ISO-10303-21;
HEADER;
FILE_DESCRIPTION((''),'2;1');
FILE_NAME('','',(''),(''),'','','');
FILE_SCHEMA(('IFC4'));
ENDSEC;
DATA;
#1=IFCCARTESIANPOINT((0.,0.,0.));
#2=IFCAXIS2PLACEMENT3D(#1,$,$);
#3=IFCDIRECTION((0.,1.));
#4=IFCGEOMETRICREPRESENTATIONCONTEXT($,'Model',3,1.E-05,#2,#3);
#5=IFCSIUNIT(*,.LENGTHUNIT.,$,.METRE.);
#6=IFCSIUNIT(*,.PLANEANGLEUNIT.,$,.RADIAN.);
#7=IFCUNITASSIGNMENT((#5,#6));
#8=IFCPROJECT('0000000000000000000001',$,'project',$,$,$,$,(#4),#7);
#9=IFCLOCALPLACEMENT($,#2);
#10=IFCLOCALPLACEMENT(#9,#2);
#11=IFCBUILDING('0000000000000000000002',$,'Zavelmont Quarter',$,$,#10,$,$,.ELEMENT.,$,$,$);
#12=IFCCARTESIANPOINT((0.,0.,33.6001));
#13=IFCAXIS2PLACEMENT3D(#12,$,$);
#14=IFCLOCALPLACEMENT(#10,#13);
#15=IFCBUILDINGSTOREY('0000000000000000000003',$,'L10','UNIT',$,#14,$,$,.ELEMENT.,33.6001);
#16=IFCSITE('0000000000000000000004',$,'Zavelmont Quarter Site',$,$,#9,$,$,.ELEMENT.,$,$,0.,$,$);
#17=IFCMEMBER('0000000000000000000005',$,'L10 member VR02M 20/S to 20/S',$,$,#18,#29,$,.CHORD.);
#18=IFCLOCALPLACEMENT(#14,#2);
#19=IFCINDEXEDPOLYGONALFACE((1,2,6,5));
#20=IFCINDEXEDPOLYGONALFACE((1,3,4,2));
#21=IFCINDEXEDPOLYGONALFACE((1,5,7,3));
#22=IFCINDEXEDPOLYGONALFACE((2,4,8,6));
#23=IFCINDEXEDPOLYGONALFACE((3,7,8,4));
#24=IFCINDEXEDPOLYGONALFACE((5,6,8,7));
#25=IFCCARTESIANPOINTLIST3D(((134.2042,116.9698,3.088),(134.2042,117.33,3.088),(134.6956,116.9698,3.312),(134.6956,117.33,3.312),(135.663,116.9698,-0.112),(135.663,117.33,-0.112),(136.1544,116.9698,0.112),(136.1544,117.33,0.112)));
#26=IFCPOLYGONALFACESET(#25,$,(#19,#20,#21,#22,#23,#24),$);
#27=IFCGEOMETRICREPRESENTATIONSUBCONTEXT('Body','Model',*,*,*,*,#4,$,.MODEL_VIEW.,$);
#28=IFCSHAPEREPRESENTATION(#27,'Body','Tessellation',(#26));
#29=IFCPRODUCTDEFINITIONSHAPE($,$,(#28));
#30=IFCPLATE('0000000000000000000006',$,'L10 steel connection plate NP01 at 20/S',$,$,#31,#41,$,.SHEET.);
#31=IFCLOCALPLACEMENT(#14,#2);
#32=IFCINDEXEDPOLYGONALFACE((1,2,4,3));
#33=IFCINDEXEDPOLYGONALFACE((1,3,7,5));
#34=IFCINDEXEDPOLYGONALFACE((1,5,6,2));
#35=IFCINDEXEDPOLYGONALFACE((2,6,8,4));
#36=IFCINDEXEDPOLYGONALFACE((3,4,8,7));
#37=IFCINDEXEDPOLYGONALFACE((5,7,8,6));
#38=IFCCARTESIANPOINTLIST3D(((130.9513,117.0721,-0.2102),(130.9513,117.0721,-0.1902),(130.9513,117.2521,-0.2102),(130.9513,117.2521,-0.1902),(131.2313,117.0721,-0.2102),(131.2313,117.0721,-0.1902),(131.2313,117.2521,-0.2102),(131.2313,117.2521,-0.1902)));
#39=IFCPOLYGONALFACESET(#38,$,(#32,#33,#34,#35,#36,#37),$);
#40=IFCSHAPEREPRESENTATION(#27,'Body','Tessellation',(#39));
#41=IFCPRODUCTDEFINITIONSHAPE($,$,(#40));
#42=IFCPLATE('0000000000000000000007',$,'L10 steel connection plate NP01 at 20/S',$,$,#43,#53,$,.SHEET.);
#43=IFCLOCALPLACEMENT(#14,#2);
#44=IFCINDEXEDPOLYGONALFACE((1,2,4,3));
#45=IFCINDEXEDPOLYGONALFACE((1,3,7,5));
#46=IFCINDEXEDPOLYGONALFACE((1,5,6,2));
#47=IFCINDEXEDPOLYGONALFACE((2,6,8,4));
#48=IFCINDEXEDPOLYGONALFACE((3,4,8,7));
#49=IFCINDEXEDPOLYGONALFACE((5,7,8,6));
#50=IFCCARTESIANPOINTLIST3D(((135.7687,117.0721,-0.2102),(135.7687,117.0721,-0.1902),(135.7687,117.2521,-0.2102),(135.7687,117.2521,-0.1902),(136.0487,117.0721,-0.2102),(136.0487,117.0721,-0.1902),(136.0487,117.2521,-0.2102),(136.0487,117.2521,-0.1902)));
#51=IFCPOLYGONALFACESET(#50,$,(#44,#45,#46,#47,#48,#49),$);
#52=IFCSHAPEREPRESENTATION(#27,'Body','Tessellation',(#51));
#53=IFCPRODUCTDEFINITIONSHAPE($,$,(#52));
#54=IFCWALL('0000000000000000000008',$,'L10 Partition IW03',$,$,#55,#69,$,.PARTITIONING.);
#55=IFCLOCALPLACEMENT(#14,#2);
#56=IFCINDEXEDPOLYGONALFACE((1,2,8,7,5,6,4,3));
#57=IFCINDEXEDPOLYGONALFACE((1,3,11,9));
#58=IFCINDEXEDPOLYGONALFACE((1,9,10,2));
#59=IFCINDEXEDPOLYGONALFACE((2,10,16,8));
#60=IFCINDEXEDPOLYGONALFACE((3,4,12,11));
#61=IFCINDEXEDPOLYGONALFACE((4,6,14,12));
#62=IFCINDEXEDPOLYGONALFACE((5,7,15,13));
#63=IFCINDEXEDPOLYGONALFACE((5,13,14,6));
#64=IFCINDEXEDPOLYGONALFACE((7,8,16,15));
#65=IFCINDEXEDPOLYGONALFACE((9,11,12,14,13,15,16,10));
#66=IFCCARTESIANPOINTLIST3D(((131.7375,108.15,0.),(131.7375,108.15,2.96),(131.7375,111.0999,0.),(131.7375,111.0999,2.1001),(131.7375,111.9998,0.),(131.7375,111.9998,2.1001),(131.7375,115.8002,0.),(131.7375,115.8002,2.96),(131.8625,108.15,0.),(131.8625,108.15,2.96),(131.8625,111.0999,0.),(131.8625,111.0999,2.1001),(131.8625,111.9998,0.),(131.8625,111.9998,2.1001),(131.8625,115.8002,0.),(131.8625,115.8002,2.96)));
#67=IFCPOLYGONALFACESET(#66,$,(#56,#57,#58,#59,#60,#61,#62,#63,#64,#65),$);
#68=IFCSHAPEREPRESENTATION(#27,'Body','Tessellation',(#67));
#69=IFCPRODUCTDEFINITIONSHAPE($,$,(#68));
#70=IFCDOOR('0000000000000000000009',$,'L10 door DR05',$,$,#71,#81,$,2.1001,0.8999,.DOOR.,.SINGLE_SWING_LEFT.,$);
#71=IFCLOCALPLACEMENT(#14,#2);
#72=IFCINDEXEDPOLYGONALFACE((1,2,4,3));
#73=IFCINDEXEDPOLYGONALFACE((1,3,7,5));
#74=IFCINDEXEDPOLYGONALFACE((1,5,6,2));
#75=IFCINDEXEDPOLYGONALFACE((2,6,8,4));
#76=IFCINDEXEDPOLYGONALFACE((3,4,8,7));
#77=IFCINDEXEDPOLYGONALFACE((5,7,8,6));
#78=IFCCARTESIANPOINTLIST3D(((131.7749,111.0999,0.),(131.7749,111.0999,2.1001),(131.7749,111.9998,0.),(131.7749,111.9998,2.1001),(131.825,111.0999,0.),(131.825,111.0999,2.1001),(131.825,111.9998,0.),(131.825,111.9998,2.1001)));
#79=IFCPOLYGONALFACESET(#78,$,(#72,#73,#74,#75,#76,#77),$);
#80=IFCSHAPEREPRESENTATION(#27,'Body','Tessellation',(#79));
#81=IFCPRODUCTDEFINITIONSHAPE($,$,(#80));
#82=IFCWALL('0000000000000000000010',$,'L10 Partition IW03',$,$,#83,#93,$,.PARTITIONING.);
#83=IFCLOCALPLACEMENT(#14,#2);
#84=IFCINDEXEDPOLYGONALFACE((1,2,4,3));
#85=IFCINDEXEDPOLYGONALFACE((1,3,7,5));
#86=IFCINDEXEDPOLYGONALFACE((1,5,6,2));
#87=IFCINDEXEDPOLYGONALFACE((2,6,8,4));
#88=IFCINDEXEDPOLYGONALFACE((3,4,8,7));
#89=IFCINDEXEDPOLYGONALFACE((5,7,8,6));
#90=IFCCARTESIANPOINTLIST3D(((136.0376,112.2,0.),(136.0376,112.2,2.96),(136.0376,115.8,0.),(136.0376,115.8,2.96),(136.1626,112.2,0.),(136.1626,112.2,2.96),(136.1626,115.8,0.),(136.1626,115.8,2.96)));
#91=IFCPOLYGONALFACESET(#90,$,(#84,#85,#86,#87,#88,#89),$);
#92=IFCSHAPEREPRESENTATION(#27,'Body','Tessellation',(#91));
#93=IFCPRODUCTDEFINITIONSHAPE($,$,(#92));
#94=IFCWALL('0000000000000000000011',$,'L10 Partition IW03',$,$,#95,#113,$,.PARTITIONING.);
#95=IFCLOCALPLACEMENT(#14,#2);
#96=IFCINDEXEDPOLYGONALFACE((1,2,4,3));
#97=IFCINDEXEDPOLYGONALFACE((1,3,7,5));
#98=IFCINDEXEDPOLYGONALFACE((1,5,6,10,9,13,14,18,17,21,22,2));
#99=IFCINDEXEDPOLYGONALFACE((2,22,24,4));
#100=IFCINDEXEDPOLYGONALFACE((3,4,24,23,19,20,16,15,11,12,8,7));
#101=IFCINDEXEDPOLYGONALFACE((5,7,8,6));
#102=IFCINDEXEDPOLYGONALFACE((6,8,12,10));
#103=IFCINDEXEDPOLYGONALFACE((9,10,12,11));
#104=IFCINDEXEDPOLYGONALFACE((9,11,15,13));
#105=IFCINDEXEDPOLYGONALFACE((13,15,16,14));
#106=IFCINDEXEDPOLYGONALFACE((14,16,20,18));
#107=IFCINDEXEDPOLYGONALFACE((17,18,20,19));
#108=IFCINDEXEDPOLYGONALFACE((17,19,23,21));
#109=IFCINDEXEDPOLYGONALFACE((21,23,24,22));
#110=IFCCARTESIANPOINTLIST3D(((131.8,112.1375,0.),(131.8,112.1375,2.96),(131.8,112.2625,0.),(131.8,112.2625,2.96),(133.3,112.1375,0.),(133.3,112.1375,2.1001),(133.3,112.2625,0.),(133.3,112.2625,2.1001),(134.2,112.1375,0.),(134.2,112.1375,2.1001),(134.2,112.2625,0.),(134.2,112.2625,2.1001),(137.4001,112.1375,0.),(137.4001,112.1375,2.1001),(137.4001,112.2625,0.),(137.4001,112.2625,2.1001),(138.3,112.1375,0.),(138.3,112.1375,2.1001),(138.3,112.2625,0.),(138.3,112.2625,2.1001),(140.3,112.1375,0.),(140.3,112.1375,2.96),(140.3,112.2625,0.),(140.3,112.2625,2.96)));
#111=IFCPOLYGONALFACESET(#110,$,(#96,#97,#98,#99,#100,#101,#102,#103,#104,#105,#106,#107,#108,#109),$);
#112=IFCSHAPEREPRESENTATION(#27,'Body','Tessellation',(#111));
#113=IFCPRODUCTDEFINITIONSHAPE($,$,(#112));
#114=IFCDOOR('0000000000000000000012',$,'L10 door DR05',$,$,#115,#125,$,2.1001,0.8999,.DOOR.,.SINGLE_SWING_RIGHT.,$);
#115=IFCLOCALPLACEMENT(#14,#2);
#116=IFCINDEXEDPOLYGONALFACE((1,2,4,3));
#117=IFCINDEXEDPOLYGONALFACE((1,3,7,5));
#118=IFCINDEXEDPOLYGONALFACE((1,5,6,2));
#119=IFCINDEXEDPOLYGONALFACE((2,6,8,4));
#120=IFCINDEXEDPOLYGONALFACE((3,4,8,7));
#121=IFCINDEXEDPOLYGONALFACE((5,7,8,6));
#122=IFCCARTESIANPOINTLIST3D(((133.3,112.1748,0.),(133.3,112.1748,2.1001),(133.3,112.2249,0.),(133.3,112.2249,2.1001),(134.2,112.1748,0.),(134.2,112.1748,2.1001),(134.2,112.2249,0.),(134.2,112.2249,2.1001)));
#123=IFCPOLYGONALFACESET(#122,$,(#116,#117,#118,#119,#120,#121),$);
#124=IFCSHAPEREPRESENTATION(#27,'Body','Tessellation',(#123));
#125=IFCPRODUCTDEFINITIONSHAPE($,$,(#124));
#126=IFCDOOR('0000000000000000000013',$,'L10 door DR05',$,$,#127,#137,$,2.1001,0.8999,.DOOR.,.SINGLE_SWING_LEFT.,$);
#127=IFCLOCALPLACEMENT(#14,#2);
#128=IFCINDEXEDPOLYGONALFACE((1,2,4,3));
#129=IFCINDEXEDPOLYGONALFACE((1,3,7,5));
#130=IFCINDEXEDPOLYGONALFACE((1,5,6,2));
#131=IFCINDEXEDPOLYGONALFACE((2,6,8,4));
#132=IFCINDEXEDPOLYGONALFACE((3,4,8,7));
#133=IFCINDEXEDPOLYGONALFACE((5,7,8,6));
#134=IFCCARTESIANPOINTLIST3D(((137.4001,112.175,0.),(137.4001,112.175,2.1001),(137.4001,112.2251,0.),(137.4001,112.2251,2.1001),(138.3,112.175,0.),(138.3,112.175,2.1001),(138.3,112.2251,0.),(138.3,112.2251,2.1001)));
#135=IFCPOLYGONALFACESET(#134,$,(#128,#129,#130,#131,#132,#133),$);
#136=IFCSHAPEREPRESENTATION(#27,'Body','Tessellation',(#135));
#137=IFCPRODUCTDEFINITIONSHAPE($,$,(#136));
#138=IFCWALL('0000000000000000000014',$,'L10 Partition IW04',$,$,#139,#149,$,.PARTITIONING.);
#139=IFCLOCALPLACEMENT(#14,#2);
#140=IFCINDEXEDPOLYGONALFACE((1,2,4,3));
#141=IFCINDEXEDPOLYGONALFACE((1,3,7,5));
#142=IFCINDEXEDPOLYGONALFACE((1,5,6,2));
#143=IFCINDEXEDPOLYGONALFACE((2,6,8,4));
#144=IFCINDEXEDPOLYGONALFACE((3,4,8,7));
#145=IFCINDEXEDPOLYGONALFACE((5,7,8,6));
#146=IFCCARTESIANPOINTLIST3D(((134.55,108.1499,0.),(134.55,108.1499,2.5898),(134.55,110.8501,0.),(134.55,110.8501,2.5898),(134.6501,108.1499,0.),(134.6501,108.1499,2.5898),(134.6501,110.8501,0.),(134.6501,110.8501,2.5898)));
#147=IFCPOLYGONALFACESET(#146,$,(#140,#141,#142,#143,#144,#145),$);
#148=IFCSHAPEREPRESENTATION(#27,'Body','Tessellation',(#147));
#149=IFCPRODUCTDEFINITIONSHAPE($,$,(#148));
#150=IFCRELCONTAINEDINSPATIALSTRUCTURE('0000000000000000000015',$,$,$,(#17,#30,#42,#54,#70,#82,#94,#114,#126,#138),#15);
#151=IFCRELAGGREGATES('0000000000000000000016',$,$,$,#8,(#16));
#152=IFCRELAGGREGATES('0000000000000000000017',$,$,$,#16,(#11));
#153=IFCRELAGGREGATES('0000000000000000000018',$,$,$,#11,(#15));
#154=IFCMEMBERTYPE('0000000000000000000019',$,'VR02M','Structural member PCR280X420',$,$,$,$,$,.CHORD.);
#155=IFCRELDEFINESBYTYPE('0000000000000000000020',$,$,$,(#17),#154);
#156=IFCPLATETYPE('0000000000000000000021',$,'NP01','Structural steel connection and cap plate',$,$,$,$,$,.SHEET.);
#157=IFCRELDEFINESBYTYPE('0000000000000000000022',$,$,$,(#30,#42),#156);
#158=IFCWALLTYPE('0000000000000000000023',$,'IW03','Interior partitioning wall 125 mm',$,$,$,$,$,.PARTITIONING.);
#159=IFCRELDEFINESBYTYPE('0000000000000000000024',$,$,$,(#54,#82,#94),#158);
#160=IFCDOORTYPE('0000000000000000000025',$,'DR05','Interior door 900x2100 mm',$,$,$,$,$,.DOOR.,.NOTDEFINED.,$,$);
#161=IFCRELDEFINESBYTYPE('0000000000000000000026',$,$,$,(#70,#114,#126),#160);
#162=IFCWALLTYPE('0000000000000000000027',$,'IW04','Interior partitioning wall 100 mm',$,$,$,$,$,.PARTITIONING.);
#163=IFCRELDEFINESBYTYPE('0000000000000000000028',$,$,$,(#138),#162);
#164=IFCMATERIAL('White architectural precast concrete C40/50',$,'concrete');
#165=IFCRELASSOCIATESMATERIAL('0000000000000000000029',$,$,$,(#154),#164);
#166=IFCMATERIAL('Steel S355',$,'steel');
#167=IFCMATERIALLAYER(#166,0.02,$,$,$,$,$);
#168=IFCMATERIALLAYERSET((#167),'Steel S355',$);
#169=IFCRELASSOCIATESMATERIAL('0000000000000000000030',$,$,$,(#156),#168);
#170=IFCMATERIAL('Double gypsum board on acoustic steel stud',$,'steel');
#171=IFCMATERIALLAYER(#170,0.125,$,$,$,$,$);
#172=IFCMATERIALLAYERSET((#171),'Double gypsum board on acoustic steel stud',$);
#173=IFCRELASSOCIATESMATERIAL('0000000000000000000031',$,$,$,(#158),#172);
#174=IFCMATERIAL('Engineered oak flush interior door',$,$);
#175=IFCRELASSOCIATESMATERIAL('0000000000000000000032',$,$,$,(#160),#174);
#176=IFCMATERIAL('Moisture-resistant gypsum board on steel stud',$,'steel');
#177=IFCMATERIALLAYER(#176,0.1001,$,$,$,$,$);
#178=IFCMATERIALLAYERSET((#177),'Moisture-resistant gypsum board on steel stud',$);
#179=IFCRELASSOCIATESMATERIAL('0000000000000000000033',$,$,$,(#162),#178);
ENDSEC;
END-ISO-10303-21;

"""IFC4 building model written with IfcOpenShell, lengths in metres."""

from ifc_helpers import new_model, si_unit, direction, frame, frame_2d, origin, origin_with_axes, origin_2d, place, context, subcontext, project, spatial, rectangle, extrude, material, layer, layer_set, material_profile, profile_set, type_object, element, fill, save


model = new_model("IFC4")

# Units and contexts
model_context = context("Model", 3, precision=1e-05, world=origin(), true_north=direction((0.0, 1.0)))
body_context = subcontext(model_context, "Body", "Model", "MODEL_VIEW")
ifc_project = project(units=[si_unit("LENGTHUNIT", "METRE"), si_unit("PLANEANGLEUNIT", "RADIAN")], contexts=[model_context])

# Site, building, storey
site_placement = place(None, origin())
site = spatial("IfcSite", under=ifc_project, at=site_placement, Name="Zavelmont Quarter Site", CompositionType="ELEMENT", RefElevation=0.0)
building_placement = place(site_placement, origin())
building = spatial("IfcBuilding", under=site, at=building_placement, Name="Zavelmont Quarter", CompositionType="ELEMENT")
storey_placement = place(building_placement, frame((0.0, 0.0, 33.6001)))
storey = spatial("IfcBuildingStorey", under=building, at=storey_placement, Name="L10", Description="UNIT", CompositionType="ELEMENT", Elevation=33.6001)

# Shared definitions
ifc_material_1 = material(Name="Steel S355", Category="steel")

# Member
ifc_material_2 = material(Name="White architectural precast concrete C40/50", Category="concrete")
ifc_material_profile_1 = material_profile(ifc_material_2, rectangle(XDim=0.3601, YDim=0.54, at=origin_2d()), Name="PCR280X420")
ifc_profile_set_1 = profile_set([ifc_material_profile_1], Name="White architectural precast concrete C40/50")
member_type = type_object("IfcMemberType", Name="VR02M", Description="Structural member PCR280X420", PredefinedType="CHORD", material=ifc_profile_set_1)
for number, where, z_axis, x_axis, name in (
    (1, (135.9087, 117.1499, 0.0), (-0.414796, 0.0, 0.909914), (0.0, -1.0, 0.0), "L10 member VR02M 20/S to 20/S"),
):
    element("IfcMember", number, at=place(storey_placement, frame(where, z_axis=z_axis, x_axis=x_axis)), inside=storey, type_object=member_type, Name=name, PredefinedType="CHORD", context=body_context, shape_type="SweptSolid", body=[
        extrude(rectangle(XDim=0.3601, YDim=0.54, at=origin_2d()), origin(), (0.0, 0.0, 1.0), 3.5168),
    ])

# Plates
ifc_layer_1 = layer(ifc_material_1, 0.02)
ifc_layer_set_1 = layer_set([ifc_layer_1], Name="Steel S355")
plate_type = type_object("IfcPlateType", Name="NP01", Description="Structural steel connection and cap plate", PredefinedType="SHEET", material=ifc_layer_set_1)
for number, where, z_axis, x_axis, name in (
    (2, (131.0913, 117.1621, -0.2102), (0.0, 0.0, 1.0), (1.0, 0.0, 0.0), "L10 steel connection plate NP01 at 20/S"),
    (3, (135.9087, 117.1621, -0.2102), (0.0, 0.0, 1.0), (1.0, 0.0, 0.0), "L10 steel connection plate NP01 at 20/S"),
):
    element("IfcPlate", number, at=place(storey_placement, frame(where, z_axis=z_axis, x_axis=x_axis)), inside=storey, type_object=plate_type, Name=name, PredefinedType="SHEET", context=body_context, shape_type="SweptSolid", body=[
        extrude(rectangle(XDim=0.28, YDim=0.1799, at=origin_2d()), origin(), (0.0, 0.0, 1.0), 0.02),
    ])

# Wall, opening, door
ifc_material_3 = material(Name="Double gypsum board on acoustic steel stud", Category="steel")
ifc_layer_2 = layer(ifc_material_3, 0.125)
ifc_layer_set_2 = layer_set([ifc_layer_2], Name="Double gypsum board on acoustic steel stud")
wall_type_1 = type_object("IfcWallType", Name="IW03", Description="Interior partitioning wall 125 mm", PredefinedType="PARTITIONING", material=ifc_layer_set_2)
wall_1_placement = place(storey_placement, frame((131.8, 108.1499, 0.0), z_axis=(0.0, 0.0, 1.0), x_axis=(0.0, 1.0, 0.0)))
wall_1 = element("IfcWall", 4, at=wall_1_placement, inside=storey, type_object=wall_type_1, Name="L10 Partition IW03", PredefinedType="PARTITIONING", context=body_context, shape_type="SweptSolid", body=[
    extrude(rectangle(XDim=7.6501, YDim=0.125, at=frame_2d((3.8252, 0.0))), origin(), (0.0, 0.0, 1.0), 2.96),
])
opening_1_placement = place(wall_1_placement, frame((2.95, 0.0, 0.0)))
opening_1 = element("IfcOpeningElement", 5, at=opening_1_placement, cuts=wall_1, PredefinedType="OPENING", context=body_context, shape_type="SweptSolid", body=[
    extrude(rectangle(XDim=0.8999, YDim=2.1001, at=frame_2d((0.45, 1.05))), frame((0.0, 0.0745, 0.0), z_axis=(0.0, -1.0, 0.0), x_axis=(1.0, 0.0, 0.0)), (0.0, 0.0, 1.0), 0.1489),
])
ifc_material_4 = material(Name="Engineered oak flush interior door")
door_type_1 = type_object("IfcDoorType", Name="DR05", Description="Interior door 900x2100 mm", OperationType="NOTDEFINED", PredefinedType="DOOR", material=ifc_material_4)
door_1_placement = place(opening_1_placement, frame((0.8999, 0.0, 0.0), z_axis=(0.0, 0.0, 1.0), x_axis=(-1.0, 0.0, 0.0)))
door_1 = element("IfcDoor", 6, at=door_1_placement, inside=storey, type_object=door_type_1, Name="L10 door DR05", OperationType="SINGLE_SWING_LEFT", OverallHeight=2.1001, OverallWidth=0.8999, PredefinedType="DOOR", context=body_context, shape_type="SweptSolid", body=[
    extrude(rectangle(XDim=0.8999, YDim=2.1001, at=frame_2d((0.45, 1.05))), frame((0.0, 0.0249, 0.0), z_axis=(0.0, -1.0, 0.0), x_axis=(1.0, 0.0, 0.0)), (0.0, 0.0, 1.0), 0.05),
])
fill(opening_1, door_1)

# Wall
wall_2_placement = place(storey_placement, frame((136.1001, 112.2, 0.0), z_axis=(0.0, 0.0, 1.0), x_axis=(0.0, 1.0, 0.0)))
element("IfcWall", 7, at=wall_2_placement, inside=storey, type_object=wall_type_1, Name="L10 Partition IW03", PredefinedType="PARTITIONING", context=body_context, shape_type="SweptSolid", body=[
    extrude(rectangle(XDim=3.6001, YDim=0.125, at=frame_2d((1.8, 0.0))), origin(), (0.0, 0.0, 1.0), 2.96),
])

# Wall, openings, doors
wall_3_placement = place(storey_placement, frame((131.8, 112.2, 0.0), z_axis=(0.0, 0.0, 1.0), x_axis=(1.0, 0.0, 0.0)))
wall_3 = element("IfcWall", 8, at=wall_3_placement, inside=storey, type_object=wall_type_1, Name="L10 Partition IW03", PredefinedType="PARTITIONING", context=body_context, shape_type="SweptSolid", body=[
    extrude(rectangle(XDim=8.5, YDim=0.125, at=frame_2d((4.25, 0.0))), origin(), (0.0, 0.0, 1.0), 2.96),
])
opening_2_placement = place(wall_3_placement, frame((1.5, 0.0, 0.0)))
opening_2 = element("IfcOpeningElement", 9, at=opening_2_placement, cuts=wall_3, PredefinedType="OPENING", context=body_context, shape_type="SweptSolid", body=[
    extrude(rectangle(XDim=0.8999, YDim=2.1001, at=frame_2d((0.45, 1.05))), frame((0.0, 0.0745, 0.0), z_axis=(0.0, -1.0, 0.0), x_axis=(1.0, 0.0, 0.0)), (0.0, 0.0, 1.0), 0.1489),
])
opening_3_placement = place(wall_3_placement, frame((5.6001, 0.0, 0.0)))
opening_3 = element("IfcOpeningElement", 10, at=opening_3_placement, cuts=wall_3, PredefinedType="OPENING", context=body_context, shape_type="SweptSolid", body=[
    extrude(rectangle(XDim=0.8999, YDim=2.1001, at=frame_2d((0.45, 1.05))), frame((0.0, 0.0745, 0.0), z_axis=(0.0, -1.0, 0.0), x_axis=(1.0, 0.0, 0.0)), (0.0, 0.0, 1.0), 0.1489),
])
door_2_placement = place(opening_2_placement, origin_with_axes())
door_2 = element("IfcDoor", 11, at=door_2_placement, inside=storey, type_object=door_type_1, Name="L10 door DR05", OperationType="SINGLE_SWING_RIGHT", OverallHeight=2.1001, OverallWidth=0.8999, PredefinedType="DOOR", context=body_context, shape_type="SweptSolid", body=[
    extrude(rectangle(XDim=0.8999, YDim=2.1001, at=frame_2d((0.45, 1.05))), frame((0.0, 0.0249, 0.0), z_axis=(0.0, -1.0, 0.0), x_axis=(1.0, 0.0, 0.0)), (0.0, 0.0, 1.0), 0.05),
])
fill(opening_2, door_2)
door_3_placement = place(opening_3_placement, frame((0.8999, 0.0, 0.0), z_axis=(0.0, 0.0, 1.0), x_axis=(-1.0, 0.0, 0.0)))
door_3 = element("IfcDoor", 12, at=door_3_placement, inside=storey, type_object=door_type_1, Name="L10 door DR05", OperationType="SINGLE_SWING_LEFT", OverallHeight=2.1001, OverallWidth=0.8999, PredefinedType="DOOR", context=body_context, shape_type="SweptSolid", body=[
    extrude(rectangle(XDim=0.8999, YDim=2.1001, at=frame_2d((0.45, 1.05))), frame((0.0, 0.0249, 0.0), z_axis=(0.0, -1.0, 0.0), x_axis=(1.0, 0.0, 0.0)), (0.0, 0.0, 1.0), 0.05),
])
fill(opening_3, door_3)

# Wall
ifc_material_5 = material(Name="Moisture-resistant gypsum board on steel stud", Category="steel")
ifc_layer_3 = layer(ifc_material_5, 0.1001)
ifc_layer_set_3 = layer_set([ifc_layer_3], Name="Moisture-resistant gypsum board on steel stud")
wall_type_2 = type_object("IfcWallType", Name="IW04", Description="Interior partitioning wall 100 mm", PredefinedType="PARTITIONING", material=ifc_layer_set_3)
wall_4_placement = place(storey_placement, frame((134.6001, 108.1499, 0.0), z_axis=(0.0, 0.0, 1.0), x_axis=(0.0, 1.0, 0.0)))
element("IfcWall", 13, at=wall_4_placement, inside=storey, type_object=wall_type_2, Name="L10 Partition IW04", PredefinedType="PARTITIONING", context=body_context, shape_type="SweptSolid", body=[
    extrude(rectangle(XDim=2.7002, YDim=0.1001, at=frame_2d((1.3501, 0.0))), origin(), (0.0, 0.0, 1.0), 2.5898),
])

save(model, "model.ifc")
